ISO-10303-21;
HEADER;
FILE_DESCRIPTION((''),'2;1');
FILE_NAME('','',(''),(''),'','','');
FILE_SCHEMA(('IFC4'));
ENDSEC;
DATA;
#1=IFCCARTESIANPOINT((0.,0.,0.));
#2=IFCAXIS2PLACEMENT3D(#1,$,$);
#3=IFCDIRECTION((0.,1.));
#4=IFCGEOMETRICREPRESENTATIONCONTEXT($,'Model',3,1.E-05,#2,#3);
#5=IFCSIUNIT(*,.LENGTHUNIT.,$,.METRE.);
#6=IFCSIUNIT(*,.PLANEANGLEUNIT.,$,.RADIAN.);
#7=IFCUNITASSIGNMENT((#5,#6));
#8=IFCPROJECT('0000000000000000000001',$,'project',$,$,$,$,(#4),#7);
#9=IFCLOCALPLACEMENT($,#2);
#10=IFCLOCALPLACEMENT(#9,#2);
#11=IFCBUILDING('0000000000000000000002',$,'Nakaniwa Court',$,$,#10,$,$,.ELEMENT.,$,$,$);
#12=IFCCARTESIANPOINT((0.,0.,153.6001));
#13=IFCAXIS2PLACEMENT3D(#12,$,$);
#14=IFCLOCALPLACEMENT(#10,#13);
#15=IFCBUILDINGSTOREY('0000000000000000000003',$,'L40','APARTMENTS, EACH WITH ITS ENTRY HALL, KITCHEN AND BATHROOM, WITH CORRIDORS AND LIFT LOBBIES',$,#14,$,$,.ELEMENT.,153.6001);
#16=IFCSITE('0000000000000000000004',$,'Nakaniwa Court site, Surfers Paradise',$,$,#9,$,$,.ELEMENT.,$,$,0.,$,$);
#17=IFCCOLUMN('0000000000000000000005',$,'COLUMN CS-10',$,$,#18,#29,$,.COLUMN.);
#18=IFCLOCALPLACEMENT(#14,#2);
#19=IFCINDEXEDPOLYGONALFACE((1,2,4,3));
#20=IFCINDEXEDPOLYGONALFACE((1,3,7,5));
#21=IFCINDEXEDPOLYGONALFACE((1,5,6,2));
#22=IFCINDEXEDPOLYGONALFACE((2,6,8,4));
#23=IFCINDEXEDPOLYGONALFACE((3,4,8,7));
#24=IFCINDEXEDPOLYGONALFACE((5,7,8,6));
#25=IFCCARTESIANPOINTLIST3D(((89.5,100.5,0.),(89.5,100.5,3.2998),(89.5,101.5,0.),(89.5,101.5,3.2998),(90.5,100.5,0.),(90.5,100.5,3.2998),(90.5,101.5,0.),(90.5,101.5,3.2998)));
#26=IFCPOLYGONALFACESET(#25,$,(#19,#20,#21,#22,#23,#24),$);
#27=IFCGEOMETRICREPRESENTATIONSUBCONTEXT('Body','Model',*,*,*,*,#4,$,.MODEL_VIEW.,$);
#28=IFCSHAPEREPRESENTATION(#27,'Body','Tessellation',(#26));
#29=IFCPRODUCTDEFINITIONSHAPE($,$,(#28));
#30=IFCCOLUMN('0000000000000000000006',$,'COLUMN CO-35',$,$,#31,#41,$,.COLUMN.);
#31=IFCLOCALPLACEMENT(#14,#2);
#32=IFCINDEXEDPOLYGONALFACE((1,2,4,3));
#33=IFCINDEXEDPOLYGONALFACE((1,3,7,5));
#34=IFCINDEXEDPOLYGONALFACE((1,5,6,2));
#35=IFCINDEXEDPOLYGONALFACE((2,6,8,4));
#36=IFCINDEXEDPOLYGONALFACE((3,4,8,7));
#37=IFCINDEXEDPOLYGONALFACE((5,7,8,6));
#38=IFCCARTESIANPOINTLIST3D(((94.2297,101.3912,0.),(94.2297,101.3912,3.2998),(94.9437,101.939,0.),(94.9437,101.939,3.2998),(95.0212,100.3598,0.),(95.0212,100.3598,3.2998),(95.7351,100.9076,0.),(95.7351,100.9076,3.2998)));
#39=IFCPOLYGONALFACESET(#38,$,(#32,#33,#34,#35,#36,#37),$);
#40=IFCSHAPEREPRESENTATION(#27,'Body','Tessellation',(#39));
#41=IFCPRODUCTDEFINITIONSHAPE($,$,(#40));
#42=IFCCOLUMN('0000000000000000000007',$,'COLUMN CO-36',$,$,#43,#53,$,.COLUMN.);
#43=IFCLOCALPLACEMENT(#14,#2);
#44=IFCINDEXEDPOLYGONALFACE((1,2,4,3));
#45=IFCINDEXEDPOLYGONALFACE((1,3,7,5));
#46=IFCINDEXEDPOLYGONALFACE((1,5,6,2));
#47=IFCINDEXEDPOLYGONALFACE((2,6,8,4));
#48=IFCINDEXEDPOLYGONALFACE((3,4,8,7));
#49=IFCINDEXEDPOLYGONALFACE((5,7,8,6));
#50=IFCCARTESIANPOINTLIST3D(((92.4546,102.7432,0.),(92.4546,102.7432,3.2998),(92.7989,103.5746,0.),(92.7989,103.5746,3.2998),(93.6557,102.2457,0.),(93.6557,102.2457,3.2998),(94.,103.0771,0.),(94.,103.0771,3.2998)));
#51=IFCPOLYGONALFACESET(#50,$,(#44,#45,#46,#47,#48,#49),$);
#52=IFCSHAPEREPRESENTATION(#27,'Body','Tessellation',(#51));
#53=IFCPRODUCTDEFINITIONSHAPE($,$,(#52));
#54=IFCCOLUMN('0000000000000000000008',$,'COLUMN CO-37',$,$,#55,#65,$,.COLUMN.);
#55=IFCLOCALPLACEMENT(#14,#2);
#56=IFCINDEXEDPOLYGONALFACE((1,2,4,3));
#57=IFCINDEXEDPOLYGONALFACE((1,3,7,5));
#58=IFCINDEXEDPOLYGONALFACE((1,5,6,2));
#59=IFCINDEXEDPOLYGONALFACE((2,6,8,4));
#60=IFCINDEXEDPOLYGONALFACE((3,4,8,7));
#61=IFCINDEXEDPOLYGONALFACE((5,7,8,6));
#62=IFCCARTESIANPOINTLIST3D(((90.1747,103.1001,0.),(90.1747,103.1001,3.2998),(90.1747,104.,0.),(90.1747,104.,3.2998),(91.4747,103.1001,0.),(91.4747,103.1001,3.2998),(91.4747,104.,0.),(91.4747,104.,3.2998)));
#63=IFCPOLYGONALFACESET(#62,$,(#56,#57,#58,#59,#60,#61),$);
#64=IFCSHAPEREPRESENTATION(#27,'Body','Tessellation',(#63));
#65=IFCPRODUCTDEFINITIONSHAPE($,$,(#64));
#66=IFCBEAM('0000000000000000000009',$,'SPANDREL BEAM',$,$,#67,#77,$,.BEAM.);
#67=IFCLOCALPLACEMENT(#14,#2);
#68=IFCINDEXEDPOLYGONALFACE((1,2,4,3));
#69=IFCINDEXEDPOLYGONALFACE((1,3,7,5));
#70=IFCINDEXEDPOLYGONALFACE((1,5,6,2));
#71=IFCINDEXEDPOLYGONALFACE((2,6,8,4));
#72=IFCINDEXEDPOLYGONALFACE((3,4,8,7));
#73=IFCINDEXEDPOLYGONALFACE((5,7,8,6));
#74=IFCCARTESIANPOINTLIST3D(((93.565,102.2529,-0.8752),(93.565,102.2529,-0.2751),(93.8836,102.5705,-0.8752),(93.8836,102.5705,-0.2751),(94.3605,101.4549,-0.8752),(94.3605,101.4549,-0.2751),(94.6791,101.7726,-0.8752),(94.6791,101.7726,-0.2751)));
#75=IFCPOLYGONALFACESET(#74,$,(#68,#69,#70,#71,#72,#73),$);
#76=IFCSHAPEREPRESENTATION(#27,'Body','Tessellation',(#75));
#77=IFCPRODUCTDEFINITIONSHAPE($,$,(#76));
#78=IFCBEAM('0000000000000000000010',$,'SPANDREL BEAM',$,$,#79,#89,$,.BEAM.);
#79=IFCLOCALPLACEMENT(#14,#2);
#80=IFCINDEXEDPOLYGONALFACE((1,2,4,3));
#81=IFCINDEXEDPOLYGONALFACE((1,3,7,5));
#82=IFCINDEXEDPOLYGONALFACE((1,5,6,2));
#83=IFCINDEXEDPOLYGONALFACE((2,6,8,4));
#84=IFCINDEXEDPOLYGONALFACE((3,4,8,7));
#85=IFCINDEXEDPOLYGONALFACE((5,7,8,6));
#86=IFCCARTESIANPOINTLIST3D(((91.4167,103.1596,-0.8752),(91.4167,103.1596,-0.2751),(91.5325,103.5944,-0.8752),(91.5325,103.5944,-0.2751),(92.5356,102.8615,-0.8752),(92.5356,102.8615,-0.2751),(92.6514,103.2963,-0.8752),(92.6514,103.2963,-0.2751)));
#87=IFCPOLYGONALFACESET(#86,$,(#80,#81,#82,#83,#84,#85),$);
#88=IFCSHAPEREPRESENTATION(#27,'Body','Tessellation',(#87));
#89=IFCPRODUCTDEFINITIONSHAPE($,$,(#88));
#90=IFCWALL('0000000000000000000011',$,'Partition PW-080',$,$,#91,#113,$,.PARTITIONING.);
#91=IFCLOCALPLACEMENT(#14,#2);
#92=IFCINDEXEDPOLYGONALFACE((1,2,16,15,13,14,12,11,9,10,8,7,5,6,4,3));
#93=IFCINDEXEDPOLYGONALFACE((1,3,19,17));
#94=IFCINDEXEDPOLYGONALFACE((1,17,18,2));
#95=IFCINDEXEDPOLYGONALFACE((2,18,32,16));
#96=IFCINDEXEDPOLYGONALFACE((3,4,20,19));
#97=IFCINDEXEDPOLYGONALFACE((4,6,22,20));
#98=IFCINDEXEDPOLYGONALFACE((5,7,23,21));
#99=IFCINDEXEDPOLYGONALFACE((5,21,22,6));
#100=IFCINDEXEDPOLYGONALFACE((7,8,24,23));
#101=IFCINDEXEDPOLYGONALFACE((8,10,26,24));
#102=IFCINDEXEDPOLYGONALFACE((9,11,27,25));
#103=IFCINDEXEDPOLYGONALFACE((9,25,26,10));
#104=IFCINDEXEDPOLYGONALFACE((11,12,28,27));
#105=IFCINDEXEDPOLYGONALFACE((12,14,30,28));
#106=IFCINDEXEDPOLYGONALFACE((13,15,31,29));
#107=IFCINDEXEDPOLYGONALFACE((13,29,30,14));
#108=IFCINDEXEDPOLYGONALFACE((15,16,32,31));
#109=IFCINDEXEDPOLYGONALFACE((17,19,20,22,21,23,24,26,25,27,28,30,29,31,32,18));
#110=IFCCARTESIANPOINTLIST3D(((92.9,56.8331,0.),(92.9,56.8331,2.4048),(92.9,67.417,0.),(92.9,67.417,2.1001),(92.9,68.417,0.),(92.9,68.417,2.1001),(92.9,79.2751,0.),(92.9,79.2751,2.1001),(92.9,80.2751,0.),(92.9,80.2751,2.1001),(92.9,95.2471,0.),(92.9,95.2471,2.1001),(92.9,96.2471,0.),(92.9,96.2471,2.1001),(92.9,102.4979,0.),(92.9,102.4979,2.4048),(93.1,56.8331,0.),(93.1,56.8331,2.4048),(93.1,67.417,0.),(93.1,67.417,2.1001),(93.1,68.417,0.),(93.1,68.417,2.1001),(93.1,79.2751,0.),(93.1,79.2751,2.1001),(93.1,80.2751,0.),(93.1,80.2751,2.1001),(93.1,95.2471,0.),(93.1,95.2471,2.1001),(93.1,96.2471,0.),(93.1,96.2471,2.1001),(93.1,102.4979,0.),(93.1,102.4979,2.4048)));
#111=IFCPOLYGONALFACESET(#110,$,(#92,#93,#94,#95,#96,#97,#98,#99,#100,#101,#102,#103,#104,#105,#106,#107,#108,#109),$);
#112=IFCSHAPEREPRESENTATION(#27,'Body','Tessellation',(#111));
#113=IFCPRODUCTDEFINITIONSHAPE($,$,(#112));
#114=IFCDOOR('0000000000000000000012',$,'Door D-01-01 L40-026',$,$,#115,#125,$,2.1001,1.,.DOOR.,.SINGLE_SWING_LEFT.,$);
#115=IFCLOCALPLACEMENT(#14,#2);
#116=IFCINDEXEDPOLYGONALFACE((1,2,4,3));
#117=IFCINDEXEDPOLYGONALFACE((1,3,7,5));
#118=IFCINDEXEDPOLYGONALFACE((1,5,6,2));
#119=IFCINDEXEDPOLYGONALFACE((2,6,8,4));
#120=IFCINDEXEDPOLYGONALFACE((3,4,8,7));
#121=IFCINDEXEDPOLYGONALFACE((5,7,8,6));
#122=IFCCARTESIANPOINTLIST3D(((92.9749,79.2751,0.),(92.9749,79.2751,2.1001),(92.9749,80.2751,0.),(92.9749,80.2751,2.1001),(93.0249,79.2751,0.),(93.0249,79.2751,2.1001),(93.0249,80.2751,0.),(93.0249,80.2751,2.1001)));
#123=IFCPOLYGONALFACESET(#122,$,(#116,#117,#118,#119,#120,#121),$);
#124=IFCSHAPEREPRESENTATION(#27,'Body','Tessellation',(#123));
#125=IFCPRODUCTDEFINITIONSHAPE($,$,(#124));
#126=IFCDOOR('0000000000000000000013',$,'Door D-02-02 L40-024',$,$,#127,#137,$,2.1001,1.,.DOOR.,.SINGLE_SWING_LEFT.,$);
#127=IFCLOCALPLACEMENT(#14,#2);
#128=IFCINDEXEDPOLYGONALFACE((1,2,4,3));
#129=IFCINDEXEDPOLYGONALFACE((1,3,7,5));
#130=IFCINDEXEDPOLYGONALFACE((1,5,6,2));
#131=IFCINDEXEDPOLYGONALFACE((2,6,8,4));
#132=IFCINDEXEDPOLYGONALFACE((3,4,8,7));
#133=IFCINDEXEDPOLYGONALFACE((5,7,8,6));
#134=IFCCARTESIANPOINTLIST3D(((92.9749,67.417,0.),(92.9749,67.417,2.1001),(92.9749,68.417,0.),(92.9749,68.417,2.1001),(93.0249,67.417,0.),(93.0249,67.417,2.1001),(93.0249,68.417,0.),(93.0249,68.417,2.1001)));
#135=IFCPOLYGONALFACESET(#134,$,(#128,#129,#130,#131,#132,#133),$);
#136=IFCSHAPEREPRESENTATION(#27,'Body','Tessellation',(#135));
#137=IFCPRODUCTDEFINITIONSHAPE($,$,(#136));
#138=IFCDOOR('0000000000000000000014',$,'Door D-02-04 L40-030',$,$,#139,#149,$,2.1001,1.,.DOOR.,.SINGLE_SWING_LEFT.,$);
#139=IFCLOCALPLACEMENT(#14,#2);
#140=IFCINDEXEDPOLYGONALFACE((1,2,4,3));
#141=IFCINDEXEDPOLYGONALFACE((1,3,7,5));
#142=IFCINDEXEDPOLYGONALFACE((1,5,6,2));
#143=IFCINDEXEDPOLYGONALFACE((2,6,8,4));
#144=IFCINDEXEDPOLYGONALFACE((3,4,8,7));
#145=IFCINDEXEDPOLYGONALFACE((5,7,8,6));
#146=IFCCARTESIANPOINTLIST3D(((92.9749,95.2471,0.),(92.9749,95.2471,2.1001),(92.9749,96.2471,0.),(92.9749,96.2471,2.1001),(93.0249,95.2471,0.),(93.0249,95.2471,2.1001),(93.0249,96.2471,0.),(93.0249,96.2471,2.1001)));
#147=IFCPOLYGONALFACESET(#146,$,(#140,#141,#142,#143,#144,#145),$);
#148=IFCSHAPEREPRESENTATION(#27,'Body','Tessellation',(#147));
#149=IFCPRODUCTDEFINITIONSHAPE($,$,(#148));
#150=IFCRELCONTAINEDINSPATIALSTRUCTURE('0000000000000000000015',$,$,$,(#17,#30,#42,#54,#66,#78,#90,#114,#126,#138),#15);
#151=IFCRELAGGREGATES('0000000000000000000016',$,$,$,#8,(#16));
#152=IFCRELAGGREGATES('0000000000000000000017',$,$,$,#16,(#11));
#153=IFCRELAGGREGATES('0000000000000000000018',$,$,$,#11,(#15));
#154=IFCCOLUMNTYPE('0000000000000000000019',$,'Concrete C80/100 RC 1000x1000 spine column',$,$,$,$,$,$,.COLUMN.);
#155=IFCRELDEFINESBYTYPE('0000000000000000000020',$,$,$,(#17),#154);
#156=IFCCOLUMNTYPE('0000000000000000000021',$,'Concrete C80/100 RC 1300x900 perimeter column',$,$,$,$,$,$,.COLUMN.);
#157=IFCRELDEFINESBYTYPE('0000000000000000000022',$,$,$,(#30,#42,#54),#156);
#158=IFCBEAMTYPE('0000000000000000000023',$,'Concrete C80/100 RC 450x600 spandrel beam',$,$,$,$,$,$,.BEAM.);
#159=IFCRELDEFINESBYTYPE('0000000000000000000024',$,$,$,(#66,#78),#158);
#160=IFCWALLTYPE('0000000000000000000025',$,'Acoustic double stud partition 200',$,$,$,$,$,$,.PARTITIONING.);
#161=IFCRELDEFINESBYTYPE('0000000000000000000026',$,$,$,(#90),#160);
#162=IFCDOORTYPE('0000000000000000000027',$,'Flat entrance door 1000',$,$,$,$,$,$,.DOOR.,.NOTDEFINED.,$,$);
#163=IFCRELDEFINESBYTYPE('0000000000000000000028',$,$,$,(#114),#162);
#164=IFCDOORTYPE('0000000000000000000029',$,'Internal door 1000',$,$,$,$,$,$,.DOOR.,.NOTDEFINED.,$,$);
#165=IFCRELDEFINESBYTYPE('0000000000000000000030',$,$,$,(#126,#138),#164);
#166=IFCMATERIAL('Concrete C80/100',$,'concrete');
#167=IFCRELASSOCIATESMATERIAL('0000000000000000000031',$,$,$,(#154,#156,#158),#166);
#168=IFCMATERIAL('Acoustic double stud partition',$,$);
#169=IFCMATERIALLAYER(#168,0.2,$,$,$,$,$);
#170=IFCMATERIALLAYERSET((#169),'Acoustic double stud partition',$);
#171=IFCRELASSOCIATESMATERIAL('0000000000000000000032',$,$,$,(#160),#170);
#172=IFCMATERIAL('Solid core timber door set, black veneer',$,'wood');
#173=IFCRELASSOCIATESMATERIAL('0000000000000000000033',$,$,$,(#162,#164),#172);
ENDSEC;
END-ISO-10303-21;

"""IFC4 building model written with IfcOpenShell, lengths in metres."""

from ifc_helpers import new_model, si_unit, direction, frame, frame_2d, origin, origin_2d, place, context, subcontext, project, spatial, rectangle, extrude, material, layer, layer_set, material_profile, profile_set, type_object, element, fill, save


model = new_model("IFC4")

# Units and contexts
model_context = context("Model", 3, precision=1e-05, world=origin(), true_north=direction((0.0, 1.0)))
body_context = subcontext(model_context, "Body", "Model", "MODEL_VIEW")
ifc_project = project(units=[si_unit("LENGTHUNIT", "METRE"), si_unit("PLANEANGLEUNIT", "RADIAN")], contexts=[model_context])

# Site, building, storey
site_placement = place(None, origin())
site = spatial("IfcSite", under=ifc_project, at=site_placement, Name="Nakaniwa Court site, Surfers Paradise", CompositionType="ELEMENT", RefElevation=0.0)
building_placement = place(site_placement, origin())
building = spatial("IfcBuilding", under=site, at=building_placement, Name="Nakaniwa Court", CompositionType="ELEMENT")
storey_placement = place(building_placement, frame((0.0, 0.0, 153.6001)))
storey = spatial("IfcBuildingStorey", under=building, at=storey_placement, Name="L40", Description="APARTMENTS, EACH WITH ITS ENTRY HALL, KITCHEN AND BATHROOM, WITH CORRIDORS AND LIFT LOBBIES", CompositionType="ELEMENT", Elevation=153.6001)

# Columns
ifc_material_1 = material(Name="Concrete C80/100", Category="concrete")
ifc_material_profile_1 = material_profile(ifc_material_1, rectangle(XDim=1.0, YDim=1.0, at=origin_2d()), Name="Concrete C80/100 RC 1000x1000 spine column")
ifc_profile_set_1 = profile_set([ifc_material_profile_1], Name="Concrete C80/100")
column_type_1 = type_object("IfcColumnType", Name="Concrete C80/100 RC 1000x1000 spine column", PredefinedType="COLUMN", material=ifc_profile_set_1)
column_placement = place(storey_placement, frame((90.0, 101.0, 0.0), z_axis=(0.0, 0.0, 1.0), x_axis=(0.0, 1.0, 0.0)))
element("IfcColumn", 1, at=column_placement, inside=storey, type_object=column_type_1, Name="COLUMN CS-10", PredefinedType="COLUMN", context=body_context, shape_type="SweptSolid", body=[
    extrude(rectangle(XDim=1.0, YDim=1.0, at=origin_2d()), origin(), (0.0, 0.0, 1.0), 3.2998),
])
ifc_material_profile_2 = material_profile(ifc_material_1, rectangle(XDim=1.3, YDim=0.8999, at=origin_2d()), Name="Concrete C80/100 RC 1300x900 perimeter column")
ifc_profile_set_2 = profile_set([ifc_material_profile_2], Name="Concrete C80/100")
column_type_2 = type_object("IfcColumnType", Name="Concrete C80/100 RC 1300x900 perimeter column", PredefinedType="COLUMN", material=ifc_profile_set_2)
for number, where, z_axis, x_axis, name in (
    (2, (94.9824, 101.1494, 0.0), (0.0, 0.0, 1.0), (-0.608761, 0.793353, 0.0), "COLUMN CO-35"),
    (3, (93.2273, 102.9102, 0.0), (0.0, 0.0, 1.0), (-0.92388, 0.382683, 0.0), "COLUMN CO-36"),
    (4, (90.8247, 103.55, 0.0), (0.0, 0.0, 1.0), (-1.0, 0.0, 0.0), "COLUMN CO-37"),
):
    element("IfcColumn", number, at=place(storey_placement, frame(where, z_axis=z_axis, x_axis=x_axis)), inside=storey, type_object=column_type_2, Name=name, PredefinedType="COLUMN", context=body_context, shape_type="SweptSolid", body=[
        extrude(rectangle(XDim=1.3, YDim=0.8999, at=origin_2d()), origin(), (0.0, 0.0, 1.0), 3.2998),
    ])

# Beams
ifc_material_profile_3 = material_profile(ifc_material_1, rectangle(XDim=0.45, YDim=0.6001, at=origin_2d()), Name="Concrete C80/100 RC 450x600 spandrel beam")
ifc_profile_set_3 = profile_set([ifc_material_profile_3], Name="Concrete C80/100")
beam_type = type_object("IfcBeamType", Name="Concrete C80/100 RC 450x600 spandrel beam", PredefinedType="BEAM", material=ifc_profile_set_3)
beam_1_placement = place(storey_placement, frame((94.5198, 101.6138, -0.5752), z_axis=(-0.706022, 0.708189, 0.0), x_axis=(-0.708189, -0.706022, 0.0)))
element("IfcBeam", 5, at=beam_1_placement, inside=storey, type_object=beam_type, Name="SPANDREL BEAM", PredefinedType="BEAM", context=body_context, shape_type="SweptSolid", body=[
    extrude(rectangle(XDim=0.45, YDim=0.6001, at=origin_2d()), origin(), (0.0, 0.0, 1.0), 1.1267),
])
beam_2_placement = place(storey_placement, frame((92.5935, 103.0789, -0.5752), z_axis=(-0.966294, 0.25744, 0.0), x_axis=(-0.25744, -0.966294, 0.0)))
element("IfcBeam", 6, at=beam_2_placement, inside=storey, type_object=beam_type, Name="SPANDREL BEAM", PredefinedType="BEAM", context=body_context, shape_type="SweptSolid", body=[
    extrude(rectangle(XDim=0.45, YDim=0.6001, at=origin_2d()), origin(), (0.0, 0.0, 1.0), 1.158),
])

# Wall, openings, doors
ifc_material_2 = material(Name="Acoustic double stud partition")
ifc_layer_1 = layer(ifc_material_2, 0.2)
ifc_layer_set_1 = layer_set([ifc_layer_1], Name="Acoustic double stud partition")
wall_type_1 = type_object("IfcWallType", Name="Acoustic double stud partition 200", PredefinedType="PARTITIONING", material=ifc_layer_set_1)
wall_1_placement = place(storey_placement, frame((93.0, 102.498, 0.0), z_axis=(0.0, 0.0, 1.0), x_axis=(0.0, -1.0, 0.0)))
wall_1 = element("IfcWall", 7, at=wall_1_placement, inside=storey, type_object=wall_type_1, Name="Partition PW-080", PredefinedType="PARTITIONING", context=body_context, shape_type="SweptSolid", body=[
    extrude(rectangle(XDim=45.6648, YDim=0.2, at=frame_2d((22.8325, 0.0))), origin(), (0.0, 0.0, 1.0), 2.4048),
])
opening_1_placement = place(wall_1_placement, frame((34.0811, 0.0, 0.0)))
opening_1 = element("IfcOpeningElement", 8, at=opening_1_placement, cuts=wall_1, PredefinedType="OPENING", context=body_context, shape_type="SweptSolid", body=[
    extrude(rectangle(XDim=1.0, YDim=2.1001, at=frame_2d((0.5, 1.05))), frame((0.0, 0.1099, 0.0), z_axis=(0.0, -1.0, 0.0), x_axis=(1.0, 0.0, 0.0)), (0.0, 0.0, 1.0), 0.22),
])
opening_2_placement = place(wall_1_placement, frame((22.2229, 0.0, 0.0)))
opening_2 = element("IfcOpeningElement", 9, at=opening_2_placement, cuts=wall_1, PredefinedType="OPENING", context=body_context, shape_type="SweptSolid", body=[
    extrude(rectangle(XDim=1.0, YDim=2.1001, at=frame_2d((0.5, 1.05))), frame((0.0, 0.1099, 0.0), z_axis=(0.0, -1.0, 0.0), x_axis=(1.0, 0.0, 0.0)), (0.0, 0.0, 1.0), 0.22),
])
opening_3_placement = place(wall_1_placement, frame((6.251, 0.0, 0.0)))
opening_3 = element("IfcOpeningElement", 10, at=opening_3_placement, cuts=wall_1, PredefinedType="OPENING", context=body_context, shape_type="SweptSolid", body=[
    extrude(rectangle(XDim=1.0, YDim=2.1001, at=frame_2d((0.5, 1.05))), frame((0.0, 0.1099, 0.0), z_axis=(0.0, -1.0, 0.0), x_axis=(1.0, 0.0, 0.0)), (0.0, 0.0, 1.0), 0.22),
])
ifc_material_3 = material(Name="Solid core timber door set, black veneer", Category="wood")
door_type_1 = type_object("IfcDoorType", Name="Flat entrance door 1000", OperationType="NOTDEFINED", PredefinedType="DOOR", material=ifc_material_3)
door_1_placement = place(opening_2_placement, origin())
door_1 = element("IfcDoor", 11, at=door_1_placement, inside=storey, type_object=door_type_1, Name="Door D-01-01 L40-026", OperationType="SINGLE_SWING_LEFT", OverallHeight=2.1001, OverallWidth=1.0, PredefinedType="DOOR", context=body_context, shape_type="SweptSolid", body=[
    extrude(rectangle(XDim=1.0, YDim=2.1001, at=frame_2d((0.5, 1.05))), frame((0.0, 0.0249, 0.0), z_axis=(0.0, -1.0, 0.0), x_axis=(1.0, 0.0, 0.0)), (0.0, 0.0, 1.0), 0.05),
])
fill(opening_2, door_1)
door_type_2 = type_object("IfcDoorType", Name="Internal door 1000", OperationType="NOTDEFINED", PredefinedType="DOOR", material=ifc_material_3)
door_2_placement = place(opening_1_placement, origin())
door_2 = element("IfcDoor", 12, at=door_2_placement, inside=storey, type_object=door_type_2, Name="Door D-02-02 L40-024", OperationType="SINGLE_SWING_LEFT", OverallHeight=2.1001, OverallWidth=1.0, PredefinedType="DOOR", context=body_context, shape_type="SweptSolid", body=[
    extrude(rectangle(XDim=1.0, YDim=2.1001, at=frame_2d((0.5, 1.05))), frame((0.0, 0.0249, 0.0), z_axis=(0.0, -1.0, 0.0), x_axis=(1.0, 0.0, 0.0)), (0.0, 0.0, 1.0), 0.05),
])
fill(opening_1, door_2)
door_3_placement = place(opening_3_placement, origin())
door_3 = element("IfcDoor", 13, at=door_3_placement, inside=storey, type_object=door_type_2, Name="Door D-02-04 L40-030", OperationType="SINGLE_SWING_LEFT", OverallHeight=2.1001, OverallWidth=1.0, PredefinedType="DOOR", context=body_context, shape_type="SweptSolid", body=[
    extrude(rectangle(XDim=1.0, YDim=2.1001, at=frame_2d((0.5, 1.05))), frame((0.0, 0.0249, 0.0), z_axis=(0.0, -1.0, 0.0), x_axis=(1.0, 0.0, 0.0)), (0.0, 0.0, 1.0), 0.05),
])
fill(opening_3, door_3)

save(model, "model.ifc")
